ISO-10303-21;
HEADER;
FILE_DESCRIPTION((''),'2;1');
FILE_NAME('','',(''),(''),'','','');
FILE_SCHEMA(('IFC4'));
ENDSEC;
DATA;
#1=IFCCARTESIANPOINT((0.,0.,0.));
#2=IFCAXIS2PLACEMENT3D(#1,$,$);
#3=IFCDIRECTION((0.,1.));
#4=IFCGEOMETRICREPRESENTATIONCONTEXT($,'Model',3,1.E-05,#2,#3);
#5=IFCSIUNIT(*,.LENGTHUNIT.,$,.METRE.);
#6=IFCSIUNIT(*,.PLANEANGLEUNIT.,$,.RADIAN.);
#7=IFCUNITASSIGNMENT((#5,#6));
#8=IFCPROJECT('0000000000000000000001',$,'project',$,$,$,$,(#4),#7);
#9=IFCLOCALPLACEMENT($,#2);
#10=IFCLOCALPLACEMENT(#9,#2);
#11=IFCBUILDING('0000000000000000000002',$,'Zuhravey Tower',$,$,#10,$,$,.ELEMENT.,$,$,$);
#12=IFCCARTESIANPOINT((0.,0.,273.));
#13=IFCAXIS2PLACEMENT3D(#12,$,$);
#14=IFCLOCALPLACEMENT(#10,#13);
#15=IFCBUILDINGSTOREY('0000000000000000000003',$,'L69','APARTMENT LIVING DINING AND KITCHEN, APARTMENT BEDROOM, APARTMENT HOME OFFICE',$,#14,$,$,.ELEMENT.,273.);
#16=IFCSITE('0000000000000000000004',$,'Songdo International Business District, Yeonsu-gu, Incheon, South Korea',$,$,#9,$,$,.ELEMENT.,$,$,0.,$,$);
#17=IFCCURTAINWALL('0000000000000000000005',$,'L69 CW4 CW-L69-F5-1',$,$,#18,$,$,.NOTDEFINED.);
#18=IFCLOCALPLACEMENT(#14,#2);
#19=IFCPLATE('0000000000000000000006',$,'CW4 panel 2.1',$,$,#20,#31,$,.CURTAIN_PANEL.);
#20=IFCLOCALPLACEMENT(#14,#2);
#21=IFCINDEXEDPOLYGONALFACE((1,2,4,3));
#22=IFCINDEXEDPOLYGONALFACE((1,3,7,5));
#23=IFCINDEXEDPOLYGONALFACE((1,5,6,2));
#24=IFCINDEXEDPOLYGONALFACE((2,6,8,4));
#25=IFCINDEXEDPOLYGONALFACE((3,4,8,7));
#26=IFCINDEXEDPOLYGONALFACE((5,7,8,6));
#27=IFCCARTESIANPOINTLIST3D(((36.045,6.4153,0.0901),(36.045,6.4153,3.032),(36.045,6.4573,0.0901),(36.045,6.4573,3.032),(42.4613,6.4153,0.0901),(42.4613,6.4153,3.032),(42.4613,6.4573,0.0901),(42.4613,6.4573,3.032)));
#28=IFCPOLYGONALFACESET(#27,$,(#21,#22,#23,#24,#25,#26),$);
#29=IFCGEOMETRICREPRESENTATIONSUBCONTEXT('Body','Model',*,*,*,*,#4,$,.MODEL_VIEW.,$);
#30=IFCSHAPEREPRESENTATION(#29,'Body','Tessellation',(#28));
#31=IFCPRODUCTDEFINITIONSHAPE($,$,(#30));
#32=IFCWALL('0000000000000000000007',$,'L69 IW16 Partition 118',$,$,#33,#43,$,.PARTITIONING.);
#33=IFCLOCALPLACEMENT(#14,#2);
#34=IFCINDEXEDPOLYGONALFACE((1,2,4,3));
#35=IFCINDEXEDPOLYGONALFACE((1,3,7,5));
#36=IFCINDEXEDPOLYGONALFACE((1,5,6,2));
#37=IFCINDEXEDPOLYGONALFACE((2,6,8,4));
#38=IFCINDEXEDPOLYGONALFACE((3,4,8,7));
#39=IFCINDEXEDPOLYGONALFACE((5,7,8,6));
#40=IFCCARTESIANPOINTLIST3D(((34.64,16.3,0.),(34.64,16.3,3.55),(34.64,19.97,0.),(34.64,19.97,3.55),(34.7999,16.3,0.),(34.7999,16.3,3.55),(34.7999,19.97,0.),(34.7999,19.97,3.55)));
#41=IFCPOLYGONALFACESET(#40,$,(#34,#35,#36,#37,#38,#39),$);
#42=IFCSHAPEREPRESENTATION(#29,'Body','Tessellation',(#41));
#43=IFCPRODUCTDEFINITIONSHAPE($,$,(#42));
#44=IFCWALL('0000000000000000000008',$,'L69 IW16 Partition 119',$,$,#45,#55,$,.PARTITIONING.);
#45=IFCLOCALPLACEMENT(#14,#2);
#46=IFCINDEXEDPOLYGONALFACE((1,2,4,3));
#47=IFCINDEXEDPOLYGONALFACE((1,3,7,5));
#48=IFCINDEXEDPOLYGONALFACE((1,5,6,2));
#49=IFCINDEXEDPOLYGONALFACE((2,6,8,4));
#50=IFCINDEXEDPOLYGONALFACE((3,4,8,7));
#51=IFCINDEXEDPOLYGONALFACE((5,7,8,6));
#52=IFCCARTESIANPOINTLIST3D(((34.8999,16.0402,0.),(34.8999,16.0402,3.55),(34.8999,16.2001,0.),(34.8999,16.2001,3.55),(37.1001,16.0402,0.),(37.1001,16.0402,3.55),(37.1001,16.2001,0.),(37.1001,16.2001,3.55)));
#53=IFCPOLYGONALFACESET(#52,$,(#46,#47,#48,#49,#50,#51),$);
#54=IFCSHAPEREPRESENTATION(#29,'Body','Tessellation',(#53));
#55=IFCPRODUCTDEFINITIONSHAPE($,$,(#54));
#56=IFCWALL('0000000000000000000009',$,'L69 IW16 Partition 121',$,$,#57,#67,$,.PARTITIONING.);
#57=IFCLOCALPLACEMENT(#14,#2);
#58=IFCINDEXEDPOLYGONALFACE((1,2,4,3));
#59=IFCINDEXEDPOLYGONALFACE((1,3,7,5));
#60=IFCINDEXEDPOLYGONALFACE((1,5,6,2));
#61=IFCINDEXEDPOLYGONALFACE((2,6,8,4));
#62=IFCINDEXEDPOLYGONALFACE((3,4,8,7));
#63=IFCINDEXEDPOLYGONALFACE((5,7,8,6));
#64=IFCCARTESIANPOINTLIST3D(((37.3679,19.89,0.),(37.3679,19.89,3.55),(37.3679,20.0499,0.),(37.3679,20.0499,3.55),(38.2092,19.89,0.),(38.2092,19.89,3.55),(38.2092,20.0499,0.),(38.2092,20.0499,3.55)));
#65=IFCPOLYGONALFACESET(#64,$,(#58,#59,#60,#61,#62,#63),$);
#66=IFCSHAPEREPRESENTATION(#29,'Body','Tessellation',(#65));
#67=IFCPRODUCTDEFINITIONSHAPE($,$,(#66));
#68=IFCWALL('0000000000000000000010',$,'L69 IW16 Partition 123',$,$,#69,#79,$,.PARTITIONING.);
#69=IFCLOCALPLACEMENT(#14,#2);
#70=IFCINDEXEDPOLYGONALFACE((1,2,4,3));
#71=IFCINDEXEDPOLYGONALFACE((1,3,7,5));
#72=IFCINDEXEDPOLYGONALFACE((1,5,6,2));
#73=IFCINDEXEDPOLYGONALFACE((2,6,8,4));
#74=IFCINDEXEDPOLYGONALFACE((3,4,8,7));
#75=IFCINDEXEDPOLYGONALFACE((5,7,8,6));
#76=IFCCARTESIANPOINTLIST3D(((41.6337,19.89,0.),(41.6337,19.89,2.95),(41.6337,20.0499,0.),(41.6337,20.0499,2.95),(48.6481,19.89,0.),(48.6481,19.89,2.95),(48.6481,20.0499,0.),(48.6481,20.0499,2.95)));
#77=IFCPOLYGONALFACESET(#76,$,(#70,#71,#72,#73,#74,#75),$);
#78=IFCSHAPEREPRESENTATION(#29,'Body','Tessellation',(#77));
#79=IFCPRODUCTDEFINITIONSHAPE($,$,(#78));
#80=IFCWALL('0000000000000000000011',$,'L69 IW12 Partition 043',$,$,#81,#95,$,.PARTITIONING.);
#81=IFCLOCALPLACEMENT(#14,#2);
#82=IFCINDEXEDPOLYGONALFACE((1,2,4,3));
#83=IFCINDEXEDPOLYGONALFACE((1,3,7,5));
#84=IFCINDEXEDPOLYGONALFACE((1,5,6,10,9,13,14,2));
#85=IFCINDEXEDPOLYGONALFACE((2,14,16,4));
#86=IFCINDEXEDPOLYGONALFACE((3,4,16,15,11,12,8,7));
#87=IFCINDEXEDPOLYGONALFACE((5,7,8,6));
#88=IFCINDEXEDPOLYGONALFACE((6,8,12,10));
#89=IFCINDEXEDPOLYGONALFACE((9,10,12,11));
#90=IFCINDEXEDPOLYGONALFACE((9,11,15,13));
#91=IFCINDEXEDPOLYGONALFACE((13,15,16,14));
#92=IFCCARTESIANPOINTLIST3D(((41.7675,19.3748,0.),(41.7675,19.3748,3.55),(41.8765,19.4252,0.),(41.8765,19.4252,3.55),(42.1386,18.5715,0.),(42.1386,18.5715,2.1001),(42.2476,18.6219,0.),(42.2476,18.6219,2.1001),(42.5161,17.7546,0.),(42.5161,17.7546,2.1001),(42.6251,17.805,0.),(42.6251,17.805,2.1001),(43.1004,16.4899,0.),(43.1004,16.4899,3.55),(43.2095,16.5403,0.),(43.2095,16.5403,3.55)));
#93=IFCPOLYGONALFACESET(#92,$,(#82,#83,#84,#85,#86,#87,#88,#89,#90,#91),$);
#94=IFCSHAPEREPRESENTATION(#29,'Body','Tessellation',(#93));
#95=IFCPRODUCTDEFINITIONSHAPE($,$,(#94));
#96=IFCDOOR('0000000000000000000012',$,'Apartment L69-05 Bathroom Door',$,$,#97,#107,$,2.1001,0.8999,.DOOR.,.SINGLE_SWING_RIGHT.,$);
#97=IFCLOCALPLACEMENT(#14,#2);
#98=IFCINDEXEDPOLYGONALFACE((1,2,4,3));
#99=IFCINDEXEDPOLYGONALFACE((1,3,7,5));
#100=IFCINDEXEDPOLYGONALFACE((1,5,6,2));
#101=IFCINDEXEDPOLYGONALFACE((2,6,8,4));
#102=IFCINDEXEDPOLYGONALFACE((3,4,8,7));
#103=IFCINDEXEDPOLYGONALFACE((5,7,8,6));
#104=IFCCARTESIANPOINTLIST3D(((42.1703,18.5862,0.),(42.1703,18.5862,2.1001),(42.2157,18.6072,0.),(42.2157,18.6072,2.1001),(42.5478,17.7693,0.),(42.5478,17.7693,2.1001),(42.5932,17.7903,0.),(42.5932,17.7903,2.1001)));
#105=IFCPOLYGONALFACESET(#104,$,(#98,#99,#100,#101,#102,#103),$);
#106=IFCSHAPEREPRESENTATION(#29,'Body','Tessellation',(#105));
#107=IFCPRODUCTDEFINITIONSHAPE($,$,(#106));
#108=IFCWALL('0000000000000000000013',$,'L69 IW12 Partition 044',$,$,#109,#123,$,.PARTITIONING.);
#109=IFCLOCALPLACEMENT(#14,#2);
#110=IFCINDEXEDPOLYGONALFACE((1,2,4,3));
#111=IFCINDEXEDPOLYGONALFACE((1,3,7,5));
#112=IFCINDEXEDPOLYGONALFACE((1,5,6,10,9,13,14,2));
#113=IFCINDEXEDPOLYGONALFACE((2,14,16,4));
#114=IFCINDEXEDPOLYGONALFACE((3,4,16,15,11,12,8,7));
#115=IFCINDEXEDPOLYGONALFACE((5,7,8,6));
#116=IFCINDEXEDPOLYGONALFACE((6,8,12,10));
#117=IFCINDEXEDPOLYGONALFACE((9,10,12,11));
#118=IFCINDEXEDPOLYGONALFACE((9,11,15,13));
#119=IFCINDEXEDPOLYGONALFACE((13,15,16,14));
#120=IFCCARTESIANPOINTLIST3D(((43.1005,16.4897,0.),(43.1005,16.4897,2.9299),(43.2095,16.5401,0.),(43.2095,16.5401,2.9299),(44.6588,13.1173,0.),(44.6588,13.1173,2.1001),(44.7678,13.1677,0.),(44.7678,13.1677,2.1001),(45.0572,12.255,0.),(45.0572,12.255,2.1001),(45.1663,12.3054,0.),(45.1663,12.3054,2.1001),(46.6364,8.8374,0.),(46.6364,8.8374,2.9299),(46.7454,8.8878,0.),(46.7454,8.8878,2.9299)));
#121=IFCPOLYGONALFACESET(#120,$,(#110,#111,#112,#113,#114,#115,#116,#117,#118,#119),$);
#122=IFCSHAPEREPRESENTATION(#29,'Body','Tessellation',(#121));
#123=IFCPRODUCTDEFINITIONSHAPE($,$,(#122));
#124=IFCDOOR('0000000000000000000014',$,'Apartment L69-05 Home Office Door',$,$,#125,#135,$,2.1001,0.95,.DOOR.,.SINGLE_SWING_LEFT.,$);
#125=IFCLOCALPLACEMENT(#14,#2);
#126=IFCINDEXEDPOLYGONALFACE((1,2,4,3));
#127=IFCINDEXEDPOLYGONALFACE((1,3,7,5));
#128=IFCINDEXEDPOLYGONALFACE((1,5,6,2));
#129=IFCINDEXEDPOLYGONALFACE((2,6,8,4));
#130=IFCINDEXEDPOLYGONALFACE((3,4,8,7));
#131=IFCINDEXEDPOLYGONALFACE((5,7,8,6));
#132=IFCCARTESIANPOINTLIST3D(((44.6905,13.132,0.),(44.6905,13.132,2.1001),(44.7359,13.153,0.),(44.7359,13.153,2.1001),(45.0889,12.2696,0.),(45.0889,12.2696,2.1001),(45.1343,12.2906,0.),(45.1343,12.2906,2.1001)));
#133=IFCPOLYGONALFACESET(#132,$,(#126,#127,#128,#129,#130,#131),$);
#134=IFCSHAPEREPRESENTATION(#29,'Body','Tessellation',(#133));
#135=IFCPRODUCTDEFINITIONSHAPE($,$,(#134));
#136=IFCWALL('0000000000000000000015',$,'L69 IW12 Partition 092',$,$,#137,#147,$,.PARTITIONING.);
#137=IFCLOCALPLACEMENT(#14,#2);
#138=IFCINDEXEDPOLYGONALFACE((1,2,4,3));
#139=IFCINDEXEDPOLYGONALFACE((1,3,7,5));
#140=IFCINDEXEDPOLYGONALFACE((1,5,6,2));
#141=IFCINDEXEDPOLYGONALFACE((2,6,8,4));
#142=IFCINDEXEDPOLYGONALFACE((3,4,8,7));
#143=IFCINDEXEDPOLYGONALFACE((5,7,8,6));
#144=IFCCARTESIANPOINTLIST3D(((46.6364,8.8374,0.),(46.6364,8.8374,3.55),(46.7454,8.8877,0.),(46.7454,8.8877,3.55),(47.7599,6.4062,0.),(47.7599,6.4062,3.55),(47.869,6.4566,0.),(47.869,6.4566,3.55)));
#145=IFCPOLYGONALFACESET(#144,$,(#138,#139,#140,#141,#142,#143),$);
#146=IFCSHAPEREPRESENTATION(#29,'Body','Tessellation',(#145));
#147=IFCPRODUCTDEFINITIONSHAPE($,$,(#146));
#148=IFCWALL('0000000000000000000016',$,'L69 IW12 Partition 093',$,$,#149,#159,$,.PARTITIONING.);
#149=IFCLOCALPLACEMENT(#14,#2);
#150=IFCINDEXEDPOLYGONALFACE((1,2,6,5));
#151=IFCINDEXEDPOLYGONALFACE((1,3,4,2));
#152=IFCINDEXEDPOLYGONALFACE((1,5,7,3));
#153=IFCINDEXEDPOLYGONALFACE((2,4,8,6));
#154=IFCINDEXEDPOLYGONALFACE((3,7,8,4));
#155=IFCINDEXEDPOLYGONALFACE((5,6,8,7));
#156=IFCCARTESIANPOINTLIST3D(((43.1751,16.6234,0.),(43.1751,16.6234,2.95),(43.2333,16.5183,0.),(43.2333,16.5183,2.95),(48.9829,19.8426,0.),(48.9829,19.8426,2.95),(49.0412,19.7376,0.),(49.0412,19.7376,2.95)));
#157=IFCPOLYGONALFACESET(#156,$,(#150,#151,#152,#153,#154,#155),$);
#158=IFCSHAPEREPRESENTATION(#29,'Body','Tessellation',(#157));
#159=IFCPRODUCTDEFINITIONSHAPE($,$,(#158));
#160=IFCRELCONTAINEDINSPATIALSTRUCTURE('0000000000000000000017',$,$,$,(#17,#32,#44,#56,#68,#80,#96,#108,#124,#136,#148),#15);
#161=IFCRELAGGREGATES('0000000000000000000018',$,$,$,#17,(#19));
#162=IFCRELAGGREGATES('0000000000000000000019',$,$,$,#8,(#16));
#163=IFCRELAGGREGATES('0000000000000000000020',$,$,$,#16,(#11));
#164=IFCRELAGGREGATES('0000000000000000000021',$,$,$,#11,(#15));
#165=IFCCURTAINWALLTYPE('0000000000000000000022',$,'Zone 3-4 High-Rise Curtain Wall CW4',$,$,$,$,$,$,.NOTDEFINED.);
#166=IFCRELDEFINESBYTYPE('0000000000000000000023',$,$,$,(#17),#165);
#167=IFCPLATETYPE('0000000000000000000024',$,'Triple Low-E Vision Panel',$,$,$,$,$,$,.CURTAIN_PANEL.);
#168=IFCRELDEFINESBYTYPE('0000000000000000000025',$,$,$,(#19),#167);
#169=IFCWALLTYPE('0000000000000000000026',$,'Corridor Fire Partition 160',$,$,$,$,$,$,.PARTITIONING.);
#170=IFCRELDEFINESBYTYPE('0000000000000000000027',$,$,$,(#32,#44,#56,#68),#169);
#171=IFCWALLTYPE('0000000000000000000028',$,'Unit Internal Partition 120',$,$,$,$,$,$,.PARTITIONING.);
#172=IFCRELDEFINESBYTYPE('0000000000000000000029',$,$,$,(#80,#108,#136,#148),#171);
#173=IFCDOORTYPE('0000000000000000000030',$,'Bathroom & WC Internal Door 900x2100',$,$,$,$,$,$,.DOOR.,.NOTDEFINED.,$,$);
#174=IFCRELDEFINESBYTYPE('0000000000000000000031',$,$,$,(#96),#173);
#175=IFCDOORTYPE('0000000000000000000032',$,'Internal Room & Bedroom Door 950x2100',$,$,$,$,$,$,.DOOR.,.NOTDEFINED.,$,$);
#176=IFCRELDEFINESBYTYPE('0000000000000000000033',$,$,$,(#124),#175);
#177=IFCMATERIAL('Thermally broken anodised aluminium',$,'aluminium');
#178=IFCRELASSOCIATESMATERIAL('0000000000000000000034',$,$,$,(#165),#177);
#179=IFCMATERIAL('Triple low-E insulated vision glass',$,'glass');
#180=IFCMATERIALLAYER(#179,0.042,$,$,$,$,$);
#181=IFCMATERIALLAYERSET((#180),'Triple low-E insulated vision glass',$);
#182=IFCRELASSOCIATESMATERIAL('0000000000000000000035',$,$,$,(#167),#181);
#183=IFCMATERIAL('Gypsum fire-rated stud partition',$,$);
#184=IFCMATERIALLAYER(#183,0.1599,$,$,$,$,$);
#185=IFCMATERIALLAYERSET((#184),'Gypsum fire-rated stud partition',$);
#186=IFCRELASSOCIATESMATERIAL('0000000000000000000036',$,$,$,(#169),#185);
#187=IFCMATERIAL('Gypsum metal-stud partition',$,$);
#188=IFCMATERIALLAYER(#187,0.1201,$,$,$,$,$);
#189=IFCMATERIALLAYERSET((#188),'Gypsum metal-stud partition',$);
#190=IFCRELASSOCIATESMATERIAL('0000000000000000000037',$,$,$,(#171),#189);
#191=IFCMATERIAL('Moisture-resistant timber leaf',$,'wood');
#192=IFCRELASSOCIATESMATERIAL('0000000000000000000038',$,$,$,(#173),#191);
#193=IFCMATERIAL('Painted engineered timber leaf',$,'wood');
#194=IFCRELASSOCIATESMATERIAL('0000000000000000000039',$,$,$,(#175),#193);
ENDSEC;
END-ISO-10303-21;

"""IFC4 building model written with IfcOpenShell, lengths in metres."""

from ifc_helpers import new_model, si_unit, direction, frame, frame_2d, origin, origin_2d, place, context, subcontext, project, spatial, rectangle, extrude, material, layer, layer_set, type_object, element, fill, aggregate, save


model = new_model("IFC4")

# Units and contexts
model_context = context("Model", 3, precision=1e-05, world=origin(), true_north=direction((0.0, 1.0)))
body_context = subcontext(model_context, "Body", "Model", "MODEL_VIEW")
ifc_project = project(units=[si_unit("LENGTHUNIT", "METRE"), si_unit("PLANEANGLEUNIT", "RADIAN")], contexts=[model_context])

# Site, building, storey
site_placement = place(None, origin())
site = spatial("IfcSite", under=ifc_project, at=site_placement, Name="Songdo International Business District, Yeonsu-gu, Incheon, South Korea", CompositionType="ELEMENT", RefElevation=0.0)
building_placement = place(site_placement, origin())
building = spatial("IfcBuilding", under=site, at=building_placement, Name="Zuhravey Tower", CompositionType="ELEMENT")
storey_placement = place(building_placement, frame((0.0, 0.0, 273.0)))
storey = spatial("IfcBuildingStorey", under=building, at=storey_placement, Name="L69", Description="APARTMENT LIVING DINING AND KITCHEN, APARTMENT BEDROOM, APARTMENT HOME OFFICE", CompositionType="ELEMENT", Elevation=273.0)

# Curtain wall
ifc_material_1 = material(Name="Thermally broken anodised aluminium", Category="aluminium")
curtain_wall_type = type_object("IfcCurtainWallType", Name="Zone 3-4 High-Rise Curtain Wall CW4", PredefinedType="NOTDEFINED", material=ifc_material_1)
curtain_wall_placement = place(storey_placement, origin())
curtain_wall = element("IfcCurtainWall", 1, at=curtain_wall_placement, inside=storey, type_object=curtain_wall_type, Name="L69 CW4 CW-L69-F5-1", PredefinedType="NOTDEFINED")

# Plate
ifc_material_2 = material(Name="Triple low-E insulated vision glass", Category="glass")
ifc_layer_1 = layer(ifc_material_2, 0.042)
ifc_layer_set_1 = layer_set([ifc_layer_1], Name="Triple low-E insulated vision glass")
plate_type = type_object("IfcPlateType", Name="Triple Low-E Vision Panel", PredefinedType="CURTAIN_PANEL", material=ifc_layer_set_1)
plate_1_placement = place(storey_placement, frame((39.2532, 6.4363, 0.0901), z_axis=(0.0, 0.0, 1.0), x_axis=(-1.0, 0.0, 0.0)))
plate_1 = element("IfcPlate", 2, at=plate_1_placement, type_object=plate_type, Name="CW4 panel 2.1", PredefinedType="CURTAIN_PANEL", context=body_context, shape_type="SweptSolid", body=[
    extrude(rectangle(XDim=6.4163, YDim=0.042, at=origin_2d()), origin(), (0.0, 0.0, 1.0), 2.9419),
])
aggregate(curtain_wall, [plate_1])

# Shared definitions
ifc_material_3 = material(Name="Gypsum fire-rated stud partition")
ifc_layer_2 = layer(ifc_material_3, 0.1599)
ifc_layer_set_2 = layer_set([ifc_layer_2], Name="Gypsum fire-rated stud partition")
wall_type_1 = type_object("IfcWallType", Name="Corridor Fire Partition 160", PredefinedType="PARTITIONING", material=ifc_layer_set_2)

# Walls
wall_1_placement = place(storey_placement, frame((34.72, 19.97, 0.0), z_axis=(0.0, 0.0, 1.0), x_axis=(0.0, -1.0, 0.0)))
element("IfcWall", 3, at=wall_1_placement, inside=storey, type_object=wall_type_1, Name="L69 IW16 Partition 118", PredefinedType="PARTITIONING", context=body_context, shape_type="SweptSolid", body=[
    extrude(rectangle(XDim=3.6699, YDim=0.1599, at=frame_2d((1.835, 0.0))), origin(), (0.0, 0.0, 1.0), 3.55),
])
wall_2_placement = place(storey_placement, frame((34.8999, 16.1201, 0.0), z_axis=(0.0, 0.0, 1.0), x_axis=(1.0, 0.0, 0.0)))
element("IfcWall", 4, at=wall_2_placement, inside=storey, type_object=wall_type_1, Name="L69 IW16 Partition 119", PredefinedType="PARTITIONING", context=body_context, shape_type="SweptSolid", body=[
    extrude(rectangle(XDim=2.2002, YDim=0.1599, at=frame_2d((1.1001, 0.0))), origin(), (0.0, 0.0, 1.0), 3.55),
])
wall_3_placement = place(storey_placement, frame((37.3679, 19.97, 0.0), z_axis=(0.0, 0.0, 1.0), x_axis=(1.0, 0.0, 0.0)))
element("IfcWall", 5, at=wall_3_placement, inside=storey, type_object=wall_type_1, Name="L69 IW16 Partition 121", PredefinedType="PARTITIONING", context=body_context, shape_type="SweptSolid", body=[
    extrude(rectangle(XDim=0.8413, YDim=0.1599, at=frame_2d((0.4207, 0.0))), origin(), (0.0, 0.0, 1.0), 3.55),
])
wall_4_placement = place(storey_placement, frame((41.6335, 19.97, 0.0), z_axis=(0.0, 0.0, 1.0), x_axis=(1.0, 0.0, 0.0)))
element("IfcWall", 6, at=wall_4_placement, inside=storey, type_object=wall_type_1, Name="L69 IW16 Partition 123", PredefinedType="PARTITIONING", context=body_context, shape_type="SweptSolid", body=[
    extrude(rectangle(XDim=7.0144, YDim=0.1599, at=frame_2d((3.5073, 0.0))), origin(), (0.0, 0.0, 1.0), 2.95),
])

# Walls, openings, doors
ifc_material_4 = material(Name="Gypsum metal-stud partition")
ifc_layer_3 = layer(ifc_material_4, 0.1201)
ifc_layer_set_3 = layer_set([ifc_layer_3], Name="Gypsum metal-stud partition")
wall_type_2 = type_object("IfcWallType", Name="Unit Internal Partition 120", PredefinedType="PARTITIONING", material=ifc_layer_set_3)
wall_5_placement = place(storey_placement, frame((41.822, 19.3999, 0.0), z_axis=(0.0, 0.0, 1.0), x_axis=(0.419438, -0.907784, 0.0)))
wall_5 = element("IfcWall", 7, at=wall_5_placement, inside=storey, type_object=wall_type_2, Name="L69 IW12 Partition 043", PredefinedType="PARTITIONING", context=body_context, shape_type="SweptSolid", body=[
    extrude(rectangle(XDim=3.178, YDim=0.1201, at=frame_2d((1.5889, 0.0))), origin(), (0.0, 0.0, 1.0), 3.55),
])
opening_1_placement = place(wall_5_placement, frame((0.8848, 0.0, 0.0)))
opening_1 = element("IfcOpeningElement", 8, at=opening_1_placement, cuts=wall_5, PredefinedType="OPENING", context=body_context, shape_type="SweptSolid", body=[
    extrude(rectangle(XDim=0.8999, YDim=2.1001, at=frame_2d((0.45, 1.05))), frame((0.0, 0.072, 0.0), z_axis=(0.0, -1.0, 0.0), x_axis=(1.0, 0.0, 0.0)), (0.0, 0.0, 1.0), 0.144),
])
ifc_material_5 = material(Name="Moisture-resistant timber leaf", Category="wood")
door_type_1 = type_object("IfcDoorType", Name="Bathroom & WC Internal Door 900x2100", OperationType="NOTDEFINED", PredefinedType="DOOR", material=ifc_material_5)
door_1_placement = place(opening_1_placement, origin())
door_1 = element("IfcDoor", 9, at=door_1_placement, inside=storey, type_object=door_type_1, Name="Apartment L69-05 Bathroom Door", OperationType="SINGLE_SWING_RIGHT", OverallHeight=2.1001, OverallWidth=0.8999, PredefinedType="DOOR", context=body_context, shape_type="SweptSolid", body=[
    extrude(rectangle(XDim=0.8999, YDim=2.1001, at=frame_2d((0.45, 1.05))), frame((0.0, 0.0249, 0.0), z_axis=(0.0, -1.0, 0.0), x_axis=(1.0, 0.0, 0.0)), (0.0, 0.0, 1.0), 0.05),
])
fill(opening_1, door_1)
wall_6_placement = place(storey_placement, frame((43.155, 16.5149, 0.0), z_axis=(0.0, 0.0, 1.0), x_axis=(0.419453, -0.907777, 0.0)))
wall_6 = element("IfcWall", 10, at=wall_6_placement, inside=storey, type_object=wall_type_2, Name="L69 IW12 Partition 044", PredefinedType="PARTITIONING", context=body_context, shape_type="SweptSolid", body=[
    extrude(rectangle(XDim=8.4297, YDim=0.1201, at=frame_2d((4.2148, 0.0))), origin(), (0.0, 0.0, 1.0), 2.9299),
])
opening_2_placement = place(wall_6_placement, frame((3.7148, 0.0, 0.0)))
opening_2 = element("IfcOpeningElement", 11, at=opening_2_placement, cuts=wall_6, PredefinedType="OPENING", context=body_context, shape_type="SweptSolid", body=[
    extrude(rectangle(XDim=0.95, YDim=2.1001, at=frame_2d((0.4751, 1.05))), frame((0.0, 0.072, 0.0), z_axis=(0.0, -1.0, 0.0), x_axis=(1.0, 0.0, 0.0)), (0.0, 0.0, 1.0), 0.144),
])
ifc_material_6 = material(Name="Painted engineered timber leaf", Category="wood")
door_type_2 = type_object("IfcDoorType", Name="Internal Room & Bedroom Door 950x2100", OperationType="NOTDEFINED", PredefinedType="DOOR", material=ifc_material_6)
door_2_placement = place(opening_2_placement, origin())
door_2 = element("IfcDoor", 12, at=door_2_placement, inside=storey, type_object=door_type_2, Name="Apartment L69-05 Home Office Door", OperationType="SINGLE_SWING_LEFT", OverallHeight=2.1001, OverallWidth=0.95, PredefinedType="DOOR", context=body_context, shape_type="SweptSolid", body=[
    extrude(rectangle(XDim=0.95, YDim=2.1001, at=frame_2d((0.4751, 1.05))), frame((0.0, 0.0249, 0.0), z_axis=(0.0, -1.0, 0.0), x_axis=(1.0, 0.0, 0.0)), (0.0, 0.0, 1.0), 0.05),
])
fill(opening_2, door_2)

# Walls
wall_7_placement = place(storey_placement, frame((46.6909, 8.8625, 0.0), z_axis=(0.0, 0.0, 1.0), x_axis=(0.419509, -0.907751, 0.0)))
element("IfcWall", 13, at=wall_7_placement, inside=storey, type_object=wall_type_2, Name="L69 IW12 Partition 092", PredefinedType="PARTITIONING", context=body_context, shape_type="SweptSolid", body=[
    extrude(rectangle(XDim=2.6782, YDim=0.1201, at=frame_2d((1.3391, 0.0))), origin(), (0.0, 0.0, 1.0), 3.55),
])
wall_8_placement = place(storey_placement, frame((43.2041, 16.5708, 0.0), z_axis=(0.0, 0.0, 1.0), x_axis=(0.874627, 0.484797, 0.0)))
element("IfcWall", 14, at=wall_8_placement, inside=storey, type_object=wall_type_2, Name="L69 IW12 Partition 093", PredefinedType="PARTITIONING", context=body_context, shape_type="SweptSolid", body=[
    extrude(rectangle(XDim=6.6404, YDim=0.1201, at=frame_2d((3.3203, 0.0))), origin(), (0.0, 0.0, 1.0), 2.95),
])

save(model, "model.ifc")
